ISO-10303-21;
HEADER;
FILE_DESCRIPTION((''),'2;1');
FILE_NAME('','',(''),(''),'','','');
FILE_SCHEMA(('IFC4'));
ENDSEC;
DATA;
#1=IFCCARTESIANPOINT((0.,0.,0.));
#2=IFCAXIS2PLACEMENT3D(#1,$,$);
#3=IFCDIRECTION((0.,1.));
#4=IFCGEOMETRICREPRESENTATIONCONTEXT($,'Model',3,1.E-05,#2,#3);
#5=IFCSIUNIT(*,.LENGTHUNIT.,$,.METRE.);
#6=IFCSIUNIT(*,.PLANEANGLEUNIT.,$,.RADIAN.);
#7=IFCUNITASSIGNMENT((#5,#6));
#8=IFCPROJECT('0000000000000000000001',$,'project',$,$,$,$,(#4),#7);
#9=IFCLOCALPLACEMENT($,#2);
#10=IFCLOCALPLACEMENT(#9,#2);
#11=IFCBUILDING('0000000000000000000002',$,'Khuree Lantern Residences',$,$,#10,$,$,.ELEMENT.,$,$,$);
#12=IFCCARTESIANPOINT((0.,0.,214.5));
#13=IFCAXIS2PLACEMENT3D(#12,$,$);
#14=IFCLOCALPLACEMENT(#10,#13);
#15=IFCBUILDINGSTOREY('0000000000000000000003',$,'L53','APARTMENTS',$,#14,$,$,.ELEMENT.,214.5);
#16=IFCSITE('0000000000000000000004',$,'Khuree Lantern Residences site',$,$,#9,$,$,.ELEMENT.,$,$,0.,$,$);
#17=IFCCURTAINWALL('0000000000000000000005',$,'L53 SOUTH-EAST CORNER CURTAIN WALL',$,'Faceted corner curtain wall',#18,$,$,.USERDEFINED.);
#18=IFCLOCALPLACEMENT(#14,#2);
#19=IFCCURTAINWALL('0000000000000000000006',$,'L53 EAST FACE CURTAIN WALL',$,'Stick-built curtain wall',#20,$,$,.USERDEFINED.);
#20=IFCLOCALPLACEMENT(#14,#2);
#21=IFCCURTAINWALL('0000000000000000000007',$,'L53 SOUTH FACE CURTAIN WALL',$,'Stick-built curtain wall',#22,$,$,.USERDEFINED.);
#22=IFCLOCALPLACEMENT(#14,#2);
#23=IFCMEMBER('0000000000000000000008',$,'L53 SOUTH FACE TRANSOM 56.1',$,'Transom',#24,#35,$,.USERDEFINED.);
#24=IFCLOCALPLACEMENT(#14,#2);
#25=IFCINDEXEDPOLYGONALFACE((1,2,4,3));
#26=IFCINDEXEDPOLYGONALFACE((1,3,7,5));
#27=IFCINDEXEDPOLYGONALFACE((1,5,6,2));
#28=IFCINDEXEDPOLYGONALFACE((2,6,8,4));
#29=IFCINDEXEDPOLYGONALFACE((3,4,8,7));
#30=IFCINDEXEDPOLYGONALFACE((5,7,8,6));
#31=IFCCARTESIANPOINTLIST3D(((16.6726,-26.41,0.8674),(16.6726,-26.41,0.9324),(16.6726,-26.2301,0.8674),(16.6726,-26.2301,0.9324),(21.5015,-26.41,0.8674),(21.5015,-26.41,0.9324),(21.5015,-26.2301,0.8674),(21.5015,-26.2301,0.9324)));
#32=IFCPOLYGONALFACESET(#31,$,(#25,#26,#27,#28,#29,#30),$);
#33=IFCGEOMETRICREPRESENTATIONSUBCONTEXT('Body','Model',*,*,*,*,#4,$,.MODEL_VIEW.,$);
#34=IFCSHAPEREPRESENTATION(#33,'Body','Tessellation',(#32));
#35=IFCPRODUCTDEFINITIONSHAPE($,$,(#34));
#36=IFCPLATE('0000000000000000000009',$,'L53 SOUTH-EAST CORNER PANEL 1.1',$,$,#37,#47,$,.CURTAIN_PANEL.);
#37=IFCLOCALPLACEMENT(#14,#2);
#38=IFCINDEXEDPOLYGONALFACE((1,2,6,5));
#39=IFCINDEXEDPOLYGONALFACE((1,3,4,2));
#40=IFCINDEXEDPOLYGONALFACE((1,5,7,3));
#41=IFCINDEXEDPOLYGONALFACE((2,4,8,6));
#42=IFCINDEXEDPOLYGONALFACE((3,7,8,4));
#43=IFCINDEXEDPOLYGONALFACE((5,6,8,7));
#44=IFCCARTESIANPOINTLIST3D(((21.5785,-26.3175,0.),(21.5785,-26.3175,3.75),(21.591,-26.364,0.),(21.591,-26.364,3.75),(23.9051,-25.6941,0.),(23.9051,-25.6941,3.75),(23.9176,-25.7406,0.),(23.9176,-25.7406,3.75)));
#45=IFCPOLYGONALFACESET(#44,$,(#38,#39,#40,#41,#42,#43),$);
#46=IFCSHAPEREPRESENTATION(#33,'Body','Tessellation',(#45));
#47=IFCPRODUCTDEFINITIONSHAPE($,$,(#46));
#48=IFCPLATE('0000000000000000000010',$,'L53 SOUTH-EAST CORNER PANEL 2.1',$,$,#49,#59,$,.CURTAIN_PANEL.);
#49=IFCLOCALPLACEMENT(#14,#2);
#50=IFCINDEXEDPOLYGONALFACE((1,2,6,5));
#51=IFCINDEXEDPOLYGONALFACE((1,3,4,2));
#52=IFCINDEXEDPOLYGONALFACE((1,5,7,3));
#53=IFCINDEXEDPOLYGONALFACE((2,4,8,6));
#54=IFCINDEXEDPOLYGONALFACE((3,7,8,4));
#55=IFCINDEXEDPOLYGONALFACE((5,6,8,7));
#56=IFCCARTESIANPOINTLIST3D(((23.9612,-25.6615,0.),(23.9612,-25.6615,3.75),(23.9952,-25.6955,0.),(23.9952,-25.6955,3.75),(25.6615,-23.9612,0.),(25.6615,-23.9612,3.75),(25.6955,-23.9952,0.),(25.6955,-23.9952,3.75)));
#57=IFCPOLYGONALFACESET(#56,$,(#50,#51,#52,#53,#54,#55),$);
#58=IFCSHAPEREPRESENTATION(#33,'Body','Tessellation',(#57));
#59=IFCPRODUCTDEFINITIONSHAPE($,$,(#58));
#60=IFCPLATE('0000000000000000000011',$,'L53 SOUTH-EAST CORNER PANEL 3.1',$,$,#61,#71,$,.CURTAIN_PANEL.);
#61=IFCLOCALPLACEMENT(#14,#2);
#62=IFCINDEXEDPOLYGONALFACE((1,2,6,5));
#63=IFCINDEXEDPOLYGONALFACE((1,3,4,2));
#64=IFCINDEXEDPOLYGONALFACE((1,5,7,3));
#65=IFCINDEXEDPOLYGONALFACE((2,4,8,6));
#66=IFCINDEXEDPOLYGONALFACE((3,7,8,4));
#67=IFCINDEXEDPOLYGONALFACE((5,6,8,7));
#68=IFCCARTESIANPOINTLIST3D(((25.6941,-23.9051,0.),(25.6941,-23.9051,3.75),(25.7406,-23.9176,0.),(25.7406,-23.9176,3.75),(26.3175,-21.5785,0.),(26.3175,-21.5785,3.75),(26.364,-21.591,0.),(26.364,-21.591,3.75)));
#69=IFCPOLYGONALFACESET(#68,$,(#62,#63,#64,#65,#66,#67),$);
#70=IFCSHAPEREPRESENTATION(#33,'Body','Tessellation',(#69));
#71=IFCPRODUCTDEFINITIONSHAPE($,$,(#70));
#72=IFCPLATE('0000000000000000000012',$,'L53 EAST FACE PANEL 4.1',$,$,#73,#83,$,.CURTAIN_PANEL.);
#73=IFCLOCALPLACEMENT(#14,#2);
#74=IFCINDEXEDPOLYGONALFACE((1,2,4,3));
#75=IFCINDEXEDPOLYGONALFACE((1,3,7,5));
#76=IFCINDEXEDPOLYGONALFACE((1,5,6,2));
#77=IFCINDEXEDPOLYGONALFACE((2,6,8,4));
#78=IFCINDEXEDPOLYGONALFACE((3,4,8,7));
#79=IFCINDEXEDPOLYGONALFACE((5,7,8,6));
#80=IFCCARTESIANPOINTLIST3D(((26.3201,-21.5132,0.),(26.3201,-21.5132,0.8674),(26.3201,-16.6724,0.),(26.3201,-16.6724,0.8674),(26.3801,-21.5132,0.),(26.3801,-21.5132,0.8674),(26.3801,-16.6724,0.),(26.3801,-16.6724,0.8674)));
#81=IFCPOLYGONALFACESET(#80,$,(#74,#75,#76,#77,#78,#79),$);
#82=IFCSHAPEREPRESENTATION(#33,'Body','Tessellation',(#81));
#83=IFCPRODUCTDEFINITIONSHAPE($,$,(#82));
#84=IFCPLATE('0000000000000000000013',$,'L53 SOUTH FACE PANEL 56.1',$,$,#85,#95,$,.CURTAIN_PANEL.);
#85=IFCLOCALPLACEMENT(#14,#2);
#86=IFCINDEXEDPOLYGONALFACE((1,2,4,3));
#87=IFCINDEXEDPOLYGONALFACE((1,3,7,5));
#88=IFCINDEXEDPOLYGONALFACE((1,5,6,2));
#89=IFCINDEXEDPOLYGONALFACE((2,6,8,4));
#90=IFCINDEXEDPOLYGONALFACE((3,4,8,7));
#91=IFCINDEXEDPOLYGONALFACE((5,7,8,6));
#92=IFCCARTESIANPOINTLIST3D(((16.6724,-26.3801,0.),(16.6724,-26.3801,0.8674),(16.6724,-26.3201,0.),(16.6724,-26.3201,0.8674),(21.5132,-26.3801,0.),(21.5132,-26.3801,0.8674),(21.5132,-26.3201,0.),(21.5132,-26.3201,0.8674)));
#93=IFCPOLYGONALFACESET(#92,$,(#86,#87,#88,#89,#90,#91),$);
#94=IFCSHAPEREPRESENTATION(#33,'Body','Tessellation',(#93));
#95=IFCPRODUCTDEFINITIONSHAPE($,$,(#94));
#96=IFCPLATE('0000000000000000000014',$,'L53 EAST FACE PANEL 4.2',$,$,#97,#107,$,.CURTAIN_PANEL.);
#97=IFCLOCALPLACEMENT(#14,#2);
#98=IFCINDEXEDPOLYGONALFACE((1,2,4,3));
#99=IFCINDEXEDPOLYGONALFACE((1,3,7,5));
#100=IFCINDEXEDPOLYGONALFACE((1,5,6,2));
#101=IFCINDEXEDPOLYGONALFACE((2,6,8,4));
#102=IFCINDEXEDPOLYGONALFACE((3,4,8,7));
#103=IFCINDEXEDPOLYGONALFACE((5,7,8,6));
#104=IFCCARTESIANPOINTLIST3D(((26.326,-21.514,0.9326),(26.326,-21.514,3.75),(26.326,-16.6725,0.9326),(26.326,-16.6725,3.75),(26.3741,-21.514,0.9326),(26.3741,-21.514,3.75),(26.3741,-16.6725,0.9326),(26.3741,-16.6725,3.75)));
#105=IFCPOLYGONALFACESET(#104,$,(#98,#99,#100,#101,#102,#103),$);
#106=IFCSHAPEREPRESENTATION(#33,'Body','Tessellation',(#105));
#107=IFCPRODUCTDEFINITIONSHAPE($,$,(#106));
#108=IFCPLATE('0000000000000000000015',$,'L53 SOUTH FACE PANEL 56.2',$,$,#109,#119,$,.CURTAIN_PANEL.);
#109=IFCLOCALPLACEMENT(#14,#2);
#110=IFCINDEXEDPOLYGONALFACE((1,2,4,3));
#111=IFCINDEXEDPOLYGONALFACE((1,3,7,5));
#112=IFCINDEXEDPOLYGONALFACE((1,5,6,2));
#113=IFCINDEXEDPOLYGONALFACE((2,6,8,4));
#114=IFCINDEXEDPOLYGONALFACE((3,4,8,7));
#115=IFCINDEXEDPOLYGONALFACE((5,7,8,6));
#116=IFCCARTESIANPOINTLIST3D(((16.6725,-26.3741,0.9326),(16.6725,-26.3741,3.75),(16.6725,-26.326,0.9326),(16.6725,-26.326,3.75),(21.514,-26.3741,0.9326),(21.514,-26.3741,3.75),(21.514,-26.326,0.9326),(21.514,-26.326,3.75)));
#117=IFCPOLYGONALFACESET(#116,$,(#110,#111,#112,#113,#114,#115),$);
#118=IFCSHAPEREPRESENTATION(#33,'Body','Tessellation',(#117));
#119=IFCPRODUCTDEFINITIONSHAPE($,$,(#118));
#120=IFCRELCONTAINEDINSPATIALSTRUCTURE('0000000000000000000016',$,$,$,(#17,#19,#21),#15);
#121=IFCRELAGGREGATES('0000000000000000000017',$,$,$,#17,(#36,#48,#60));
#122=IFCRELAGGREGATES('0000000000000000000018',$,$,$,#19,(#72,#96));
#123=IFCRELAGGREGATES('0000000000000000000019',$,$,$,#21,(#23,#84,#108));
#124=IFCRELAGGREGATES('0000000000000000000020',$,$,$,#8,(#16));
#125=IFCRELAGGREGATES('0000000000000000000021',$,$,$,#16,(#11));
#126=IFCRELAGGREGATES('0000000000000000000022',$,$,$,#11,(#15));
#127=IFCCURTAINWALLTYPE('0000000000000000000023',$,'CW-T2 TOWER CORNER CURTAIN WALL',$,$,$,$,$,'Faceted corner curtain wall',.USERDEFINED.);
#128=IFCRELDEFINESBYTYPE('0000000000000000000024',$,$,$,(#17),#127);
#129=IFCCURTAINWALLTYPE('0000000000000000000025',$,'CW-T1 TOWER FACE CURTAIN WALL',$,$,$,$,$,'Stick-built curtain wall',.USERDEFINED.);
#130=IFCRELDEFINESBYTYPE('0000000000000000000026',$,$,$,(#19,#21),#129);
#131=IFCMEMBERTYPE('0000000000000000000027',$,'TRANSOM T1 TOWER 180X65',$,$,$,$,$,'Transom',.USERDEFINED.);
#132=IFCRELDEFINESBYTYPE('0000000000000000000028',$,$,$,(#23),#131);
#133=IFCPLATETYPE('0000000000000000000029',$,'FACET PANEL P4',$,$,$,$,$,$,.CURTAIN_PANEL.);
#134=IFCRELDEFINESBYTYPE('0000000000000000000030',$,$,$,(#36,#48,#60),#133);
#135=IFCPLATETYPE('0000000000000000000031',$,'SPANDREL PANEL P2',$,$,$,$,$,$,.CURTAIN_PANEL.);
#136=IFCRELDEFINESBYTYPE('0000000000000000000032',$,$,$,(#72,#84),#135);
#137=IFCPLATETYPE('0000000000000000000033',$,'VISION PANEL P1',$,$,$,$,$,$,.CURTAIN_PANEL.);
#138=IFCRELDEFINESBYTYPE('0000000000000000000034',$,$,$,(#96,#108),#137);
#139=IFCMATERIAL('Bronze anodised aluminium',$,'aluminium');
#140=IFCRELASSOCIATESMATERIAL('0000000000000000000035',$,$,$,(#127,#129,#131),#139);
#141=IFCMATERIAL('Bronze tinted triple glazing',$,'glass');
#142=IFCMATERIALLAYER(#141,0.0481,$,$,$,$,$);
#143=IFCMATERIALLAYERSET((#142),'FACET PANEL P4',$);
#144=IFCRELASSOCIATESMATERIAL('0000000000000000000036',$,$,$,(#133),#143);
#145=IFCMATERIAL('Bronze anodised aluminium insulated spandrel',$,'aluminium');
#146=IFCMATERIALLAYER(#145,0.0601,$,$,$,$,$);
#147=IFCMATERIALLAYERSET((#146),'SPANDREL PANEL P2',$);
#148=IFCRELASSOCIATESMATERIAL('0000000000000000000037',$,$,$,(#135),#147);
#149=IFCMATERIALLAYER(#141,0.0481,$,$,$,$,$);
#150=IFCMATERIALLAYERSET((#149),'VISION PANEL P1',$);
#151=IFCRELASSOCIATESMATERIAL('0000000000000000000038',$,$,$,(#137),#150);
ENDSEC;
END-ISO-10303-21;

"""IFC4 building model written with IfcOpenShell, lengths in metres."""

from ifc_helpers import new_model, si_unit, direction, frame, origin, origin_2d, place, context, subcontext, project, spatial, rectangle, extrude, material, layer, layer_set, material_profile, profile_set, type_object, element, aggregate, save


model = new_model("IFC4")

# Units and contexts
model_context = context("Model", 3, precision=1e-05, world=origin(), true_north=direction((0.0, 1.0)))
body_context = subcontext(model_context, "Body", "Model", "MODEL_VIEW")
ifc_project = project(units=[si_unit("LENGTHUNIT", "METRE"), si_unit("PLANEANGLEUNIT", "RADIAN")], contexts=[model_context])

# Site, building, storey
site_placement = place(None, origin())
site = spatial("IfcSite", under=ifc_project, at=site_placement, Name="Khuree Lantern Residences site", CompositionType="ELEMENT", RefElevation=0.0)
building_placement = place(site_placement, origin())
building = spatial("IfcBuilding", under=site, at=building_placement, Name="Khuree Lantern Residences", CompositionType="ELEMENT")
storey_placement = place(building_placement, frame((0.0, 0.0, 214.5)))
storey = spatial("IfcBuildingStorey", under=building, at=storey_placement, Name="L53", Description="APARTMENTS", CompositionType="ELEMENT", Elevation=214.5)

# Curtain wall
ifc_material_1 = material(Name="Bronze anodised aluminium", Category="aluminium")
curtain_wall_type_1 = type_object("IfcCurtainWallType", Name="CW-T2 TOWER CORNER CURTAIN WALL", ElementType="Faceted corner curtain wall", PredefinedType="USERDEFINED", material=ifc_material_1)
curtain_wall_1_placement = place(storey_placement, origin())
curtain_wall_1 = element("IfcCurtainWall", 1, at=curtain_wall_1_placement, inside=storey, type_object=curtain_wall_type_1, Name="L53 SOUTH-EAST CORNER CURTAIN WALL", ObjectType="Faceted corner curtain wall", PredefinedType="USERDEFINED")

# Curtain wall
curtain_wall_type_2 = type_object("IfcCurtainWallType", Name="CW-T1 TOWER FACE CURTAIN WALL", ElementType="Stick-built curtain wall", PredefinedType="USERDEFINED", material=ifc_material_1)
curtain_wall_2_placement = place(storey_placement, origin())
curtain_wall_2 = element("IfcCurtainWall", 2, at=curtain_wall_2_placement, inside=storey, type_object=curtain_wall_type_2, Name="L53 EAST FACE CURTAIN WALL", ObjectType="Stick-built curtain wall", PredefinedType="USERDEFINED")
ifc_material_profile_1 = material_profile(ifc_material_1, rectangle(XDim=0.1799, YDim=0.0649, at=origin_2d()), Name="T1 180X65")
ifc_profile_set_1 = profile_set([ifc_material_profile_1], Name="Bronze anodised aluminium")
member_type_1 = type_object("IfcMemberType", Name="TRANSOM T1 TOWER 180X65", ElementType="Transom", PredefinedType="USERDEFINED", material=ifc_profile_set_1)

# Curtain wall, member
curtain_wall_3_placement = place(storey_placement, origin())
curtain_wall_3 = element("IfcCurtainWall", 3, at=curtain_wall_3_placement, inside=storey, type_object=curtain_wall_type_2, Name="L53 SOUTH FACE CURTAIN WALL", ObjectType="Stick-built curtain wall", PredefinedType="USERDEFINED")
member_1_placement = place(storey_placement, frame((16.6726, -26.3201, 0.8999), z_axis=(1.0, 0.0, 0.0), x_axis=(0.0, 1.0, 0.0)))
member_1 = element("IfcMember", 4, at=member_1_placement, type_object=member_type_1, Name="L53 SOUTH FACE TRANSOM 56.1", ObjectType="Transom", PredefinedType="USERDEFINED", context=body_context, shape_type="SweptSolid", body=[
    extrude(rectangle(XDim=0.1799, YDim=0.0649, at=origin_2d()), origin(), (0.0, 0.0, 1.0), 4.8289),
])

# Plates
ifc_material_2 = material(Name="Bronze tinted triple glazing", Category="glass")
ifc_layer_1 = layer(ifc_material_2, 0.0481)
ifc_layer_set_1 = layer_set([ifc_layer_1], Name="FACET PANEL P4")
plate_type_1 = type_object("IfcPlateType", Name="FACET PANEL P4", PredefinedType="CURTAIN_PANEL", material=ifc_layer_set_1)
plate_1_placement = place(storey_placement, frame((22.748, -26.0291, 0.0), z_axis=(0.0, 0.0, 1.0), x_axis=(0.965926, 0.258819, 0.0)))
plate_1 = element("IfcPlate", 5, at=plate_1_placement, type_object=plate_type_1, Name="L53 SOUTH-EAST CORNER PANEL 1.1", PredefinedType="CURTAIN_PANEL", context=body_context, shape_type="SweptSolid", body=[
    extrude(rectangle(XDim=2.4087, YDim=0.0481, at=origin_2d()), origin(), (0.0, 0.0, 1.0), 3.75),
])
plate_2_placement = place(storey_placement, frame((24.8284, -24.8284, 0.0), z_axis=(0.0, 0.0, 1.0), x_axis=(0.707107, 0.707107, 0.0)))
plate_2 = element("IfcPlate", 6, at=plate_2_placement, type_object=plate_type_1, Name="L53 SOUTH-EAST CORNER PANEL 2.1", PredefinedType="CURTAIN_PANEL", context=body_context, shape_type="SweptSolid", body=[
    extrude(rectangle(XDim=2.4045, YDim=0.0481, at=origin_2d()), origin(), (0.0, 0.0, 1.0), 3.75),
])
plate_3_placement = place(storey_placement, frame((26.0291, -22.748, 0.0), z_axis=(0.0, 0.0, 1.0), x_axis=(0.258819, 0.965926, 0.0)))
plate_3 = element("IfcPlate", 7, at=plate_3_placement, type_object=plate_type_1, Name="L53 SOUTH-EAST CORNER PANEL 3.1", PredefinedType="CURTAIN_PANEL", context=body_context, shape_type="SweptSolid", body=[
    extrude(rectangle(XDim=2.4087, YDim=0.0481, at=origin_2d()), origin(), (0.0, 0.0, 1.0), 3.75),
])
aggregate(curtain_wall_1, [plate_1, plate_2, plate_3])
ifc_material_3 = material(Name="Bronze anodised aluminium insulated spandrel", Category="aluminium")
ifc_layer_2 = layer(ifc_material_3, 0.0601)
ifc_layer_set_2 = layer_set([ifc_layer_2], Name="SPANDREL PANEL P2")
plate_type_2 = type_object("IfcPlateType", Name="SPANDREL PANEL P2", PredefinedType="CURTAIN_PANEL", material=ifc_layer_set_2)
plate_4_placement = place(storey_placement, frame((26.3501, -19.0928, 0.0), z_axis=(0.0, 0.0, 1.0), x_axis=(0.0, 1.0, 0.0)))
plate_4 = element("IfcPlate", 8, at=plate_4_placement, type_object=plate_type_2, Name="L53 EAST FACE PANEL 4.1", PredefinedType="CURTAIN_PANEL", context=body_context, shape_type="SweptSolid", body=[
    extrude(rectangle(XDim=4.8408, YDim=0.0601, at=origin_2d()), origin(), (0.0, 0.0, 1.0), 0.8674),
])
plate_5_placement = place(storey_placement, frame((19.0928, -26.3501, 0.0), z_axis=(0.0, 0.0, 1.0), x_axis=(1.0, 0.0, 0.0)))
plate_5 = element("IfcPlate", 9, at=plate_5_placement, type_object=plate_type_2, Name="L53 SOUTH FACE PANEL 56.1", PredefinedType="CURTAIN_PANEL", context=body_context, shape_type="SweptSolid", body=[
    extrude(rectangle(XDim=4.8408, YDim=0.0601, at=origin_2d()), origin(), (0.0, 0.0, 1.0), 0.8674),
])
ifc_layer_3 = layer(ifc_material_2, 0.0481)
ifc_layer_set_3 = layer_set([ifc_layer_3], Name="VISION PANEL P1")
plate_type_3 = type_object("IfcPlateType", Name="VISION PANEL P1", PredefinedType="CURTAIN_PANEL", material=ifc_layer_set_3)
plate_6_placement = place(storey_placement, frame((26.3501, -19.0933, 0.9326), z_axis=(0.0, 0.0, 1.0), x_axis=(0.0, 1.0, 0.0)))
plate_6 = element("IfcPlate", 10, at=plate_6_placement, type_object=plate_type_3, Name="L53 EAST FACE PANEL 4.2", PredefinedType="CURTAIN_PANEL", context=body_context, shape_type="SweptSolid", body=[
    extrude(rectangle(XDim=4.8416, YDim=0.0481, at=origin_2d()), origin(), (0.0, 0.0, 1.0), 2.8174),
])
aggregate(curtain_wall_2, [plate_4, plate_6])
plate_7_placement = place(storey_placement, frame((19.0933, -26.3501, 0.9326), z_axis=(0.0, 0.0, 1.0), x_axis=(1.0, 0.0, 0.0)))
plate_7 = element("IfcPlate", 11, at=plate_7_placement, type_object=plate_type_3, Name="L53 SOUTH FACE PANEL 56.2", PredefinedType="CURTAIN_PANEL", context=body_context, shape_type="SweptSolid", body=[
    extrude(rectangle(XDim=4.8416, YDim=0.0481, at=origin_2d()), origin(), (0.0, 0.0, 1.0), 2.8174),
])
aggregate(curtain_wall_3, [member_1, plate_5, plate_7])

save(model, "model.ifc")
